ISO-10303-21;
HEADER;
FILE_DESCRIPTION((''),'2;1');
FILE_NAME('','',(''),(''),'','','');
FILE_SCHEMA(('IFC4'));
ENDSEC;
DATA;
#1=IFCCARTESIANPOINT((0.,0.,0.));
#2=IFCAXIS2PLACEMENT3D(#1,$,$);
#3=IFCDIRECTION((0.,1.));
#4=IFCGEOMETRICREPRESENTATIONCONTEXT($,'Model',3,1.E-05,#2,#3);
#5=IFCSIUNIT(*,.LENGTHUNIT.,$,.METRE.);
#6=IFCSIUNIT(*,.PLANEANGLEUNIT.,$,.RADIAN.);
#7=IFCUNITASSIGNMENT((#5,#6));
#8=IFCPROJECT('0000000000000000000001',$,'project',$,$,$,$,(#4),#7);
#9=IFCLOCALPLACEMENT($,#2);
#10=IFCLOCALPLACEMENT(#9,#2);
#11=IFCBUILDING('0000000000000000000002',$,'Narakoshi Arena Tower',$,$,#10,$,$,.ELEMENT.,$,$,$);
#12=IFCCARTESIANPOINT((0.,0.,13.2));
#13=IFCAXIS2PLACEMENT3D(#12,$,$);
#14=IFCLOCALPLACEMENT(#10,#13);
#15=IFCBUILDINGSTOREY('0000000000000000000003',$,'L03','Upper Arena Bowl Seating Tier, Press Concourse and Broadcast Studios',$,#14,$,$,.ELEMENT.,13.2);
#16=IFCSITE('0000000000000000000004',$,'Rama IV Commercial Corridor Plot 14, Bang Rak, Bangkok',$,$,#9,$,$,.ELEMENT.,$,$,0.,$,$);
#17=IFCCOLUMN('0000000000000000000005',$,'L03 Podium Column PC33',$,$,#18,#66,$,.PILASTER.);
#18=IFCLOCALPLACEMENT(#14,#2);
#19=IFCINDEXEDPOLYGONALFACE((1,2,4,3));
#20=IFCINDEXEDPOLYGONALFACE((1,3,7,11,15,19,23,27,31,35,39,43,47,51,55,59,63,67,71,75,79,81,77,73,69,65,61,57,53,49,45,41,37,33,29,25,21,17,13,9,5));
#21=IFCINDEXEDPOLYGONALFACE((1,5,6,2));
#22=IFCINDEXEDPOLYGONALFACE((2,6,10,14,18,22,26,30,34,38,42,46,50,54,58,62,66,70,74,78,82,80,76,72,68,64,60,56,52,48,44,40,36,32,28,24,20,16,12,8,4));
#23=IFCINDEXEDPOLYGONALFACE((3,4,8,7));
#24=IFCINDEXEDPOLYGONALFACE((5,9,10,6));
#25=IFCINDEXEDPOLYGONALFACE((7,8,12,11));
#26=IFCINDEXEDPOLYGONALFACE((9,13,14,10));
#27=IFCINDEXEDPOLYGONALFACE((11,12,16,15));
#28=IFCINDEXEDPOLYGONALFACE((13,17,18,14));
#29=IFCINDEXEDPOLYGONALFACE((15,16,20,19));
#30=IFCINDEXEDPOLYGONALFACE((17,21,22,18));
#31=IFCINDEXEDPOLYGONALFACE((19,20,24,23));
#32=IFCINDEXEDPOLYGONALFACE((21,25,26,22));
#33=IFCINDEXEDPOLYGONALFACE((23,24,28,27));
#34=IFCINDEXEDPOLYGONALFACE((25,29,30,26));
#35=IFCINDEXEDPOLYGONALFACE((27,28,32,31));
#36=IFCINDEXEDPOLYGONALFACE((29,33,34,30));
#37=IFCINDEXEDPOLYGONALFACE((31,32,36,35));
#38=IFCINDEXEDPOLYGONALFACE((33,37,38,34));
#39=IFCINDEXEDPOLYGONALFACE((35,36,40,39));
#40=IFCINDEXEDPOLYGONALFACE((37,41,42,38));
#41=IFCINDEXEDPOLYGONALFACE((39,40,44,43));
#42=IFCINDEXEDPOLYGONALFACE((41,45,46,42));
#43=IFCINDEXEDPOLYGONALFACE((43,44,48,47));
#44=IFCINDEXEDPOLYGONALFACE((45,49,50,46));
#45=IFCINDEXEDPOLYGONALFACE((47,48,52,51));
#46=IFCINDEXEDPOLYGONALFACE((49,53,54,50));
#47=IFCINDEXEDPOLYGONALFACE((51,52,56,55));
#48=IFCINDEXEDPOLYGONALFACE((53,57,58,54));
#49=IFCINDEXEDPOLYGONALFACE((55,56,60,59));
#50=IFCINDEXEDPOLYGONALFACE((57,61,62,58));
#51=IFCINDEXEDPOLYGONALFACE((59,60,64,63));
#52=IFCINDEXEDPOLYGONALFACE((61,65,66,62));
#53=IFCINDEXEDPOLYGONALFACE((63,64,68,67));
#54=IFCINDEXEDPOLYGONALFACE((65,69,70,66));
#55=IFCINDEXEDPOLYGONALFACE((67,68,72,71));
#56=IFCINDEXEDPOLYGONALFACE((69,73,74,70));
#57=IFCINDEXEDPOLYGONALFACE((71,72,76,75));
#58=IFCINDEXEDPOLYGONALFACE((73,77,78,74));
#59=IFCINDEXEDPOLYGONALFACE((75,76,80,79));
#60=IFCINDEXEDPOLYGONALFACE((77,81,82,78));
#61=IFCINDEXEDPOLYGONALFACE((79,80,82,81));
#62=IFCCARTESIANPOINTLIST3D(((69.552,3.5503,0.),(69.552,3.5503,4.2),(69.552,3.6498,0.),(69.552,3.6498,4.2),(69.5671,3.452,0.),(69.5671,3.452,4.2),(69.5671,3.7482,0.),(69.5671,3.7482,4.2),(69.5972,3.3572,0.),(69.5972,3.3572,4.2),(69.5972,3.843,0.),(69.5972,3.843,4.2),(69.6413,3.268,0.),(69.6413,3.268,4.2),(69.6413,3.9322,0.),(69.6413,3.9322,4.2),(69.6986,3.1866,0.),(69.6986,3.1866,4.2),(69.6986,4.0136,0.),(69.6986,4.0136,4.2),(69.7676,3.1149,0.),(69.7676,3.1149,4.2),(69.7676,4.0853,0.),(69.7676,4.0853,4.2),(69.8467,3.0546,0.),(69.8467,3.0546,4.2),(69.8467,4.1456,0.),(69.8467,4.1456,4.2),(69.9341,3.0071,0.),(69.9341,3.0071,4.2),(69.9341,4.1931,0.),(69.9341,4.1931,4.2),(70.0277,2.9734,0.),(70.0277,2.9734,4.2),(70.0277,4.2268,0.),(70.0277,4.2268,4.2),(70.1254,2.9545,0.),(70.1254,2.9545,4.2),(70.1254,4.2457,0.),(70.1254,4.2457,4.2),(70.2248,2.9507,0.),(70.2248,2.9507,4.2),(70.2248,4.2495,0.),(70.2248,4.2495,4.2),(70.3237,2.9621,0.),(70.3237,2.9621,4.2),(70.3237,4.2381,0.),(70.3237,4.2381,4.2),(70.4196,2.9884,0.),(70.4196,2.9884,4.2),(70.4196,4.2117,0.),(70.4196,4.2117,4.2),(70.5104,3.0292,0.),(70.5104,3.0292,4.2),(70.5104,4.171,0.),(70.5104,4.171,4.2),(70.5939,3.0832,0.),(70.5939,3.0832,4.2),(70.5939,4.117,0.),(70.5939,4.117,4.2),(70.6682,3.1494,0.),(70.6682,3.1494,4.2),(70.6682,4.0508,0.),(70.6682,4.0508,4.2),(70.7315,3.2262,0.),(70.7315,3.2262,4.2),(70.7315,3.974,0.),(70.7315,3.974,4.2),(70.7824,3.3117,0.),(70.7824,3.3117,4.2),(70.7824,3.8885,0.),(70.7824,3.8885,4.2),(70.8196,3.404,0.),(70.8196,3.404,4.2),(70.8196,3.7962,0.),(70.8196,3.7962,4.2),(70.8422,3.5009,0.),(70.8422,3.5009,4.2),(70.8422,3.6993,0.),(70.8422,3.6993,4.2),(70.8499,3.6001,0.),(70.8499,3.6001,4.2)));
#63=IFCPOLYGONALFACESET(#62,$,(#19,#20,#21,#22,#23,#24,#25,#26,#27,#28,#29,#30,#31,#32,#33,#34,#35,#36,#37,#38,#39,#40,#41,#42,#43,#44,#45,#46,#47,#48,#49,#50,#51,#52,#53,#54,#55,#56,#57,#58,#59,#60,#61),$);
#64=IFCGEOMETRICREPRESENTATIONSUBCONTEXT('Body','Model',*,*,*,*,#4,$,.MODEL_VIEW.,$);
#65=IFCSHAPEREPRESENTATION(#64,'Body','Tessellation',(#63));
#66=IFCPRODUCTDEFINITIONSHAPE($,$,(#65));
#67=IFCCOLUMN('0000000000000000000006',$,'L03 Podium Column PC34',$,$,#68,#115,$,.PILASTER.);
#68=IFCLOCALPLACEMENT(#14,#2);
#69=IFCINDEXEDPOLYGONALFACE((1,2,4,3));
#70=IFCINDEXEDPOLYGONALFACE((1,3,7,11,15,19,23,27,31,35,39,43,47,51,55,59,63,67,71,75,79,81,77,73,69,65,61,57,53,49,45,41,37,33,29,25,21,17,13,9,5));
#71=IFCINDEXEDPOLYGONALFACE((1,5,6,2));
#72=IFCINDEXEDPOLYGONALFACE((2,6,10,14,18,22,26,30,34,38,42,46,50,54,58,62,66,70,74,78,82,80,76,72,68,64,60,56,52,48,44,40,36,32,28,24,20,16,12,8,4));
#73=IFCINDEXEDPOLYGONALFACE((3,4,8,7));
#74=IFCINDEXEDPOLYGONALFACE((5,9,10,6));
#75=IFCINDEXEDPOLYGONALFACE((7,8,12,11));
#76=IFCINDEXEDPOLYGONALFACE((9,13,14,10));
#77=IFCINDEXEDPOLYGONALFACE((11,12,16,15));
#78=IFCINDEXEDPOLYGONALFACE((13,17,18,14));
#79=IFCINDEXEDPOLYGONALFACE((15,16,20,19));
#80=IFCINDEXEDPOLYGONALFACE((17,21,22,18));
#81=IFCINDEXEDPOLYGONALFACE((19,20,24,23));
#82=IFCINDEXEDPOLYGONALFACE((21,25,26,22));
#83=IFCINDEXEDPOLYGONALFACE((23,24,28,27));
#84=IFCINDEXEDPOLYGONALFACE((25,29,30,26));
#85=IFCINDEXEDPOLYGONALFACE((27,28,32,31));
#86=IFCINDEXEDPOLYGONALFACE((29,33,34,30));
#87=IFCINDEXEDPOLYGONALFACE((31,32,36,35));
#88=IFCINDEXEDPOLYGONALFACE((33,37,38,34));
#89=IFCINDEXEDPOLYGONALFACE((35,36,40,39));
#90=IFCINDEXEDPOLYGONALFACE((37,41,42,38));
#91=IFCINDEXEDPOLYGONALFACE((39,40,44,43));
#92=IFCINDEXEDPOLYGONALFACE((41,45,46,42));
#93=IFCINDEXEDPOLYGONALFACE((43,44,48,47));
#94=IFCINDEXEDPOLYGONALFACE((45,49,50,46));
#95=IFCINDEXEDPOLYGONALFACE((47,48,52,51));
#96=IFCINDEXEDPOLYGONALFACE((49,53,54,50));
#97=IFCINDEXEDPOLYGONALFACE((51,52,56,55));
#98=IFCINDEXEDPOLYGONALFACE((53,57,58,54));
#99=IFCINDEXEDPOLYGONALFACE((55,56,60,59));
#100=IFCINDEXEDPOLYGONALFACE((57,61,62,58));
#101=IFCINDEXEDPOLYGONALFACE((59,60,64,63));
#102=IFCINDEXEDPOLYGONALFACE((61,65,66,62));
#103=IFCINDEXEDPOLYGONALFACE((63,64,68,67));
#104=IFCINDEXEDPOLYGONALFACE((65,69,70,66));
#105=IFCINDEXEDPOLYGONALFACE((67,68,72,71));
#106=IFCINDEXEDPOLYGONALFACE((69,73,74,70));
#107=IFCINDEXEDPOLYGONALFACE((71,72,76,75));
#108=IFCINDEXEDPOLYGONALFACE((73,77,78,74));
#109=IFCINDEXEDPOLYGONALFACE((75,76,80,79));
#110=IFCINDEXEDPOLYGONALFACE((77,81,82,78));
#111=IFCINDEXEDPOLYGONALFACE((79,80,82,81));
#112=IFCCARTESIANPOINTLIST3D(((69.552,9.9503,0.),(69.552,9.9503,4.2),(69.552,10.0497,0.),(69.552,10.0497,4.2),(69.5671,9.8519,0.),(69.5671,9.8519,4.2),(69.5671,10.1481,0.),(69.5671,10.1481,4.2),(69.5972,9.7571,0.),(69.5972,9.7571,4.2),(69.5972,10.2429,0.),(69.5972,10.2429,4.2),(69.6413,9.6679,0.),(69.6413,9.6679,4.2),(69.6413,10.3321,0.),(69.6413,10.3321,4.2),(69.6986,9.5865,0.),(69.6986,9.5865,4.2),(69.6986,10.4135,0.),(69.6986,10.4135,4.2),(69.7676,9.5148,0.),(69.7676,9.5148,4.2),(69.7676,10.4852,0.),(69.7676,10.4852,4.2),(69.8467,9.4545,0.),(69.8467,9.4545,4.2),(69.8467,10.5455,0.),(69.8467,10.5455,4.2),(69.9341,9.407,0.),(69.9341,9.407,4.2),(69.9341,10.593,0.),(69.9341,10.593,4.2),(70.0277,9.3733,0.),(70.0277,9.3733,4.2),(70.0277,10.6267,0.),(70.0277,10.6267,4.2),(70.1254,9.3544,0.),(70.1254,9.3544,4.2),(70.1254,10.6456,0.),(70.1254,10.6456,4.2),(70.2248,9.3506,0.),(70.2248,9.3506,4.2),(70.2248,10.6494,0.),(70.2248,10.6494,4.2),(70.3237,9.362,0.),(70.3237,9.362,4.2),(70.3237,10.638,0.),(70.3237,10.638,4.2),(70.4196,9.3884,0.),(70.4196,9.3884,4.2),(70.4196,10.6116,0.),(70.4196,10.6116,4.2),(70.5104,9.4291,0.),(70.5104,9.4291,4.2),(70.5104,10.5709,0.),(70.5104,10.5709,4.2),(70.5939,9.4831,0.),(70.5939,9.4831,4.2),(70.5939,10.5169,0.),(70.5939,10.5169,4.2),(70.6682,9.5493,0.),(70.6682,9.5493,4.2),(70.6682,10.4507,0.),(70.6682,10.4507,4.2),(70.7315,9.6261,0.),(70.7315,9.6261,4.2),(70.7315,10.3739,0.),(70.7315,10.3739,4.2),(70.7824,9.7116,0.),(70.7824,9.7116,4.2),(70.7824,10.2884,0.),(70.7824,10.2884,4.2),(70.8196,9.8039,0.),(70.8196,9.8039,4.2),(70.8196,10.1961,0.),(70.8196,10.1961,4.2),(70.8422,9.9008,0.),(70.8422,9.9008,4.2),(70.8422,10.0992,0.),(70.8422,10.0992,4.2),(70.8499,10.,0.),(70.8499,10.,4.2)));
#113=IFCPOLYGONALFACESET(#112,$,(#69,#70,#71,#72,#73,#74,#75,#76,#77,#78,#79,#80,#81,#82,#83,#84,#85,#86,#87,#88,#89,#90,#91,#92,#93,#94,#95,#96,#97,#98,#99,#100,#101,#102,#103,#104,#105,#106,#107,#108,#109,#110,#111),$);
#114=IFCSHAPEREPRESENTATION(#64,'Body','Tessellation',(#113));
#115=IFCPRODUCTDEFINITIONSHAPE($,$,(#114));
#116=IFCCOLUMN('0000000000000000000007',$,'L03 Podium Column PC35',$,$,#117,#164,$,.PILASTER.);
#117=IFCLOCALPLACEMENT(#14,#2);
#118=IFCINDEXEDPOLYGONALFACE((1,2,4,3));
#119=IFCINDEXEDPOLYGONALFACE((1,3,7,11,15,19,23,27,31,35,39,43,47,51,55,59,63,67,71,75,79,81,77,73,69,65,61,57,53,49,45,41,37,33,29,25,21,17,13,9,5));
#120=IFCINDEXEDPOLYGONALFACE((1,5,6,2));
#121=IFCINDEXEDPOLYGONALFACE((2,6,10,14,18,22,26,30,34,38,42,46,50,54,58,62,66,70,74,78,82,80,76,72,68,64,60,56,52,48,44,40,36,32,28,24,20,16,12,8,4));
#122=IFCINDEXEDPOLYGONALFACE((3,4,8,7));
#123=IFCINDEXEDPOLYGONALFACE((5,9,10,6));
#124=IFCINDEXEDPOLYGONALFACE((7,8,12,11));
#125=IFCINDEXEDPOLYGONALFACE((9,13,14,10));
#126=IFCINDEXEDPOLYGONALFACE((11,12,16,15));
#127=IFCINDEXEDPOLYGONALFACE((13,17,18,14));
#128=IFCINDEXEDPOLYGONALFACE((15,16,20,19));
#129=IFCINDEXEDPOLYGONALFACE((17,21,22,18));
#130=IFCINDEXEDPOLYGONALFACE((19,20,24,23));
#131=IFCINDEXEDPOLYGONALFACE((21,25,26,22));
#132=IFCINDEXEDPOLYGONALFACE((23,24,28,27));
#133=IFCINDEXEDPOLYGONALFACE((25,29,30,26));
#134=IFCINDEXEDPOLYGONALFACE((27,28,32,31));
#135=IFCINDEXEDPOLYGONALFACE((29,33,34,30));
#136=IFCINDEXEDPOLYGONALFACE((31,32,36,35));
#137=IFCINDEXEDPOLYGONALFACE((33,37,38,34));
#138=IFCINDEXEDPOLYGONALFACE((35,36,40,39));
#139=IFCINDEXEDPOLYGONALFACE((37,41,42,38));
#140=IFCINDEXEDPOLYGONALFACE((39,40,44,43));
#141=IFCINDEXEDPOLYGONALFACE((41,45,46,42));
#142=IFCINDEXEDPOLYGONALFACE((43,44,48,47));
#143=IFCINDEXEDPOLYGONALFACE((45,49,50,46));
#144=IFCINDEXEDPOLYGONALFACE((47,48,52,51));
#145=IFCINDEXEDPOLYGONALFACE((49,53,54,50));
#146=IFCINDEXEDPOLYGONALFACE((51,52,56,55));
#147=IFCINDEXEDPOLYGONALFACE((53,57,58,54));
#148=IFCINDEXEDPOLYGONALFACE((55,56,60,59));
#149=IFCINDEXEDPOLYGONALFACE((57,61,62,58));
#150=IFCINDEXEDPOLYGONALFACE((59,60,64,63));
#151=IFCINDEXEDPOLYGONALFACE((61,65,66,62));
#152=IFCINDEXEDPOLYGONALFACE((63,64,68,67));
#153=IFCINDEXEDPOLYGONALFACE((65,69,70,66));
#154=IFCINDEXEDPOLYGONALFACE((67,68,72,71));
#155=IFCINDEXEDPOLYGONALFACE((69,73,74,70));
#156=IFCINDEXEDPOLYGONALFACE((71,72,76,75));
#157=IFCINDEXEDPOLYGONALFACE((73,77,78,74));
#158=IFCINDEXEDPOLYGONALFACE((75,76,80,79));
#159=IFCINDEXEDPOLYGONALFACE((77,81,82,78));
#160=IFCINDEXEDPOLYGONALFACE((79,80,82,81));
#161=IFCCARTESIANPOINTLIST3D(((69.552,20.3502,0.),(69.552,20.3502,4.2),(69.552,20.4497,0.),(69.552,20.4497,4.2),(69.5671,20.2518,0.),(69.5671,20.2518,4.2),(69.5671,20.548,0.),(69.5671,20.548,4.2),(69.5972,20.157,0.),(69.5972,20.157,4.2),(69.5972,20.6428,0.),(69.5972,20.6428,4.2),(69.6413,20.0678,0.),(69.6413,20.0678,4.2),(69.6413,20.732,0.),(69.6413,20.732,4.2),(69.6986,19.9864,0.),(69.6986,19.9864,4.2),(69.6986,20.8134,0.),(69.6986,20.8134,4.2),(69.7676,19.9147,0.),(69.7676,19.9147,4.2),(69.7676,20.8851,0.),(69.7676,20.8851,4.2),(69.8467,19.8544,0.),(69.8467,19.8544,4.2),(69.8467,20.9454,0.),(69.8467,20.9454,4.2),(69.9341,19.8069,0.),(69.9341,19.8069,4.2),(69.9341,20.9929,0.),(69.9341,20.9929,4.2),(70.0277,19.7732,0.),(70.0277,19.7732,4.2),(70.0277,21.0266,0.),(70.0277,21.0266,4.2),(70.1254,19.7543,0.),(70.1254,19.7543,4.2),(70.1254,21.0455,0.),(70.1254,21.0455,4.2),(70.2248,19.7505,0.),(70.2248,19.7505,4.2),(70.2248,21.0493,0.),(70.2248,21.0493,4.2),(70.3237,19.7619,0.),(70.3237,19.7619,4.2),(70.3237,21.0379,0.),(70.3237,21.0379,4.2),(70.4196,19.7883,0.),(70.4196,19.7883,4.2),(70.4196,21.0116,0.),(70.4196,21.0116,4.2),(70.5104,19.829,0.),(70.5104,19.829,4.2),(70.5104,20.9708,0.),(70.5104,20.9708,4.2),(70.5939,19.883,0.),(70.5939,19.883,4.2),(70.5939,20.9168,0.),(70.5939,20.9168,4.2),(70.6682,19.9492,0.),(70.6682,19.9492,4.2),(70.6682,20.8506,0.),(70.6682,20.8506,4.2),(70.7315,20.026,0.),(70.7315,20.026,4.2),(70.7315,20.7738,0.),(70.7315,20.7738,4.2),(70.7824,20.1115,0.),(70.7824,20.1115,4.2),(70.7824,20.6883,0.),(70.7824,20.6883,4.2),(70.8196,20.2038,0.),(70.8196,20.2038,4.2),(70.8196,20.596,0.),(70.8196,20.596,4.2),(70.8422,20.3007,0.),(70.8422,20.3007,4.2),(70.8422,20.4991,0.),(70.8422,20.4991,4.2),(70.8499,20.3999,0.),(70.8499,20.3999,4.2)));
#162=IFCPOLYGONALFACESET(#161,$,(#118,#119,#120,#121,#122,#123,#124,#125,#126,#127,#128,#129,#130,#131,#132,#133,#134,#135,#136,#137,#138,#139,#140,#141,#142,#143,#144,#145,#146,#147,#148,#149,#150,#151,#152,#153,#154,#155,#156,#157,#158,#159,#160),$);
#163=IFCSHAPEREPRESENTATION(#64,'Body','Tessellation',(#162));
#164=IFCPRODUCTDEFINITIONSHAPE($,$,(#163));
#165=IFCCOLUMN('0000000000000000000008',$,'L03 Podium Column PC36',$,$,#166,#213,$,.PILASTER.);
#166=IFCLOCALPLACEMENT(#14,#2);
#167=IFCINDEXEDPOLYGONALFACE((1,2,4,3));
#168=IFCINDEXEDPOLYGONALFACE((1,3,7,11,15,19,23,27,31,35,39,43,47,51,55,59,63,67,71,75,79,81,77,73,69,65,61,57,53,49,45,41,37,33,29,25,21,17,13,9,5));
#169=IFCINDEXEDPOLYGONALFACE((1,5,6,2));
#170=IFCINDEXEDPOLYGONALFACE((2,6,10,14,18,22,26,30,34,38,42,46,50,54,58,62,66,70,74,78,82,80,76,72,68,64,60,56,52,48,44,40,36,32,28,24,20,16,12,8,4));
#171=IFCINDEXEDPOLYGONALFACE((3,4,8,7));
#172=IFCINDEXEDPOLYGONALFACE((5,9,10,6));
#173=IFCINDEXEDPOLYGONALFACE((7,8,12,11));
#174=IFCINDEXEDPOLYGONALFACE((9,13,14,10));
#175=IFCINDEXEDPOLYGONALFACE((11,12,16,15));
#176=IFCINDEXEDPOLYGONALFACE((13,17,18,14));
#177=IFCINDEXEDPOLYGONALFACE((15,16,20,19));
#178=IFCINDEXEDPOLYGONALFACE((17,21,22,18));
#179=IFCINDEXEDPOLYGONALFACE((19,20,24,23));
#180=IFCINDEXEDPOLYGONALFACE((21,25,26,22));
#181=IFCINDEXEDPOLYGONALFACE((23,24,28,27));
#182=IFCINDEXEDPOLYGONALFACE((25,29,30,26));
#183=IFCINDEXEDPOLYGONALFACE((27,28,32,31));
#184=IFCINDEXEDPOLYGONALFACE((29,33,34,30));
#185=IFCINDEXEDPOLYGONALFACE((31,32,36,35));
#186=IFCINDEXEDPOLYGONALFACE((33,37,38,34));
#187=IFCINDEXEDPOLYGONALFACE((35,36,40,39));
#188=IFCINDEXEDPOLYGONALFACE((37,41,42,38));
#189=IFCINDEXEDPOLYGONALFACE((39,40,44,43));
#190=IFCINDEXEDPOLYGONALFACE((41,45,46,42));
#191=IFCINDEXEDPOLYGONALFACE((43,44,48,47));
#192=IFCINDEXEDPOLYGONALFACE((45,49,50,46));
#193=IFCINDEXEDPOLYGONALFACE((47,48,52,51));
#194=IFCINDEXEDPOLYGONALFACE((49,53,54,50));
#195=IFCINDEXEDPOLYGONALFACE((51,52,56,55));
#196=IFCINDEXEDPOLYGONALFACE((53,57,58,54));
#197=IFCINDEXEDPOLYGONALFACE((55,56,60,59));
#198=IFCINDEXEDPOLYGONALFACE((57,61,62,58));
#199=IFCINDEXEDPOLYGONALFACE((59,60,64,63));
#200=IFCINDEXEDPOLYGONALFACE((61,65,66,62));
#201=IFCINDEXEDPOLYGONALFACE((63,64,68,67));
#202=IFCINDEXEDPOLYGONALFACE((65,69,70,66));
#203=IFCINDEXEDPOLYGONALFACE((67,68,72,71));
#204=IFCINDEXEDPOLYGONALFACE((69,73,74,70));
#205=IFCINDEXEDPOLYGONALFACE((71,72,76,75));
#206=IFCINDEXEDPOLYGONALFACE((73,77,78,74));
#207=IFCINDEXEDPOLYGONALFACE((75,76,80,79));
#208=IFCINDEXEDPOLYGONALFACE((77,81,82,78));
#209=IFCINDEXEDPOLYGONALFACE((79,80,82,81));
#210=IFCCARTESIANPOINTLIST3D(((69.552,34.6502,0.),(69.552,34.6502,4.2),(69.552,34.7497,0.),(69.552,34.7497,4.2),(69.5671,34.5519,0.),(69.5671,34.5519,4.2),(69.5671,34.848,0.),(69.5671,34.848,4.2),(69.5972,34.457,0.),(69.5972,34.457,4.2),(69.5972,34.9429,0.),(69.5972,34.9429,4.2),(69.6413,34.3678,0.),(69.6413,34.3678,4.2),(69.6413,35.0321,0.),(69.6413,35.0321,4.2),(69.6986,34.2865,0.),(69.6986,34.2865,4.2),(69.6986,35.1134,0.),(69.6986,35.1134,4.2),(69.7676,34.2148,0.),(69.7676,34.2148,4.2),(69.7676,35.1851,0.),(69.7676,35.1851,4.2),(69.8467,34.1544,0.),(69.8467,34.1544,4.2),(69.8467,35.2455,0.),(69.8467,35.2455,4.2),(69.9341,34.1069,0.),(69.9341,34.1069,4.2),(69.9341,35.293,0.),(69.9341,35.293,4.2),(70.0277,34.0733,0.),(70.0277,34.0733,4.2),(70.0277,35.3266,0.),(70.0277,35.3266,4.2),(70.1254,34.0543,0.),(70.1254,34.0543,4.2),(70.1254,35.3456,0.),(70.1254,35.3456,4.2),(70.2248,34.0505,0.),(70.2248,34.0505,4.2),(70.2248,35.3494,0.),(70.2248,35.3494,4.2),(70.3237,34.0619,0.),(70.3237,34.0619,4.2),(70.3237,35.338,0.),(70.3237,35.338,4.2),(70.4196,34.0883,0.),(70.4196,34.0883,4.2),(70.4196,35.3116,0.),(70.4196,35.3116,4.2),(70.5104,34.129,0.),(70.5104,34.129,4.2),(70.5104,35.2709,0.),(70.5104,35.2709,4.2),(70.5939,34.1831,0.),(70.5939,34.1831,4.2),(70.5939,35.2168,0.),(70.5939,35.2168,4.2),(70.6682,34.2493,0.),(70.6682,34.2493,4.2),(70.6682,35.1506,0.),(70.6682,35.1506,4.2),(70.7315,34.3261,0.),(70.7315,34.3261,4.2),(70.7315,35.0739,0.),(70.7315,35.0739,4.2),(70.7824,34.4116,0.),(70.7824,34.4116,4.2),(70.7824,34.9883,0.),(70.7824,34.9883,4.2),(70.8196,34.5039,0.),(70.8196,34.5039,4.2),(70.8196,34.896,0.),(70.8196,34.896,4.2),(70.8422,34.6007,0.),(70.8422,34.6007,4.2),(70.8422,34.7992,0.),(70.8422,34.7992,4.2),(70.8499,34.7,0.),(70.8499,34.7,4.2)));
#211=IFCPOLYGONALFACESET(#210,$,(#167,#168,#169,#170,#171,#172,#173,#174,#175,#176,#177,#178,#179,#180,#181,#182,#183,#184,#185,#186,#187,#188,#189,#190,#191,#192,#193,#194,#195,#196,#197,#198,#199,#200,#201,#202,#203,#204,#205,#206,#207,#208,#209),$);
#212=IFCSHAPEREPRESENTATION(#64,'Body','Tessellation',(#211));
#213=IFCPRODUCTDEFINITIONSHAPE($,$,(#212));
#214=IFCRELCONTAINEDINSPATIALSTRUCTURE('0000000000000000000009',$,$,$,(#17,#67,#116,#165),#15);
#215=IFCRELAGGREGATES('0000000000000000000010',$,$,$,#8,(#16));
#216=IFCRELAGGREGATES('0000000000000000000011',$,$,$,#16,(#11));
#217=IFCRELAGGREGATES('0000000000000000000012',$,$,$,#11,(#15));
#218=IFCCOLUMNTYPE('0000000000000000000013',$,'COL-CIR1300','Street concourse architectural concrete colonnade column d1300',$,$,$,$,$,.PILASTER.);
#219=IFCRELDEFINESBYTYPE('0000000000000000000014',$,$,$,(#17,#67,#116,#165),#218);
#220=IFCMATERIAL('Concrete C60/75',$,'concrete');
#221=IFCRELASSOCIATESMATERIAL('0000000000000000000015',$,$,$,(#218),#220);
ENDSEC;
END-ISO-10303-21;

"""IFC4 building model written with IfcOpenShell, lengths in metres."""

from ifc_helpers import new_model, si_unit, direction, frame, origin, origin_2d, place, context, subcontext, project, spatial, circle, extrude, material, material_profile, profile_set, type_object, element, save


model = new_model("IFC4")

# Units and contexts
model_context = context("Model", 3, precision=1e-05, world=origin(), true_north=direction((0.0, 1.0)))
body_context = subcontext(model_context, "Body", "Model", "MODEL_VIEW")
ifc_project = project(units=[si_unit("LENGTHUNIT", "METRE"), si_unit("PLANEANGLEUNIT", "RADIAN")], contexts=[model_context])

# Site, building, storey
site_placement = place(None, origin())
site = spatial("IfcSite", under=ifc_project, at=site_placement, Name="Rama IV Commercial Corridor Plot 14, Bang Rak, Bangkok", CompositionType="ELEMENT", RefElevation=0.0)
building_placement = place(site_placement, origin())
building = spatial("IfcBuilding", under=site, at=building_placement, Name="Narakoshi Arena Tower", CompositionType="ELEMENT")
storey_placement = place(building_placement, frame((0.0, 0.0, 13.2)))
storey = spatial("IfcBuildingStorey", under=building, at=storey_placement, Name="L03", Description="Upper Arena Bowl Seating Tier, Press Concourse and Broadcast Studios", CompositionType="ELEMENT", Elevation=13.2)

# Columns
ifc_material_1 = material(Name="Concrete C60/75", Category="concrete")
ifc_material_profile_1 = material_profile(ifc_material_1, circle(Radius=0.6499, at=origin_2d()), Name="RCC1300")
ifc_profile_set_1 = profile_set([ifc_material_profile_1], Name="Concrete C60/75")
column_type_1 = type_object("IfcColumnType", Name="COL-CIR1300", Description="Street concourse architectural concrete colonnade column d1300", PredefinedType="PILASTER", material=ifc_profile_set_1)
for number, where, z_axis, x_axis, name in (
    (1, (70.2, 3.6001, 0.0), (0.0, 0.0, 1.0), (1.0, 0.0, 0.0), "L03 Podium Column PC33"),
    (2, (70.2, 10.0, 0.0), (0.0, 0.0, 1.0), (1.0, 0.0, 0.0), "L03 Podium Column PC34"),
    (3, (70.2, 20.3999, 0.0), (0.0, 0.0, 1.0), (1.0, 0.0, 0.0), "L03 Podium Column PC35"),
    (4, (70.2, 34.7, 0.0), (0.0, 0.0, 1.0), (1.0, 0.0, 0.0), "L03 Podium Column PC36"),
):
    element("IfcColumn", number, at=place(storey_placement, frame(where, z_axis=z_axis, x_axis=x_axis)), inside=storey, type_object=column_type_1, Name=name, PredefinedType="PILASTER", context=body_context, shape_type="SweptSolid", body=[
        extrude(circle(Radius=0.6499, at=origin_2d()), origin(), (0.0, 0.0, 1.0), 4.2),
    ])

save(model, "model.ifc")
